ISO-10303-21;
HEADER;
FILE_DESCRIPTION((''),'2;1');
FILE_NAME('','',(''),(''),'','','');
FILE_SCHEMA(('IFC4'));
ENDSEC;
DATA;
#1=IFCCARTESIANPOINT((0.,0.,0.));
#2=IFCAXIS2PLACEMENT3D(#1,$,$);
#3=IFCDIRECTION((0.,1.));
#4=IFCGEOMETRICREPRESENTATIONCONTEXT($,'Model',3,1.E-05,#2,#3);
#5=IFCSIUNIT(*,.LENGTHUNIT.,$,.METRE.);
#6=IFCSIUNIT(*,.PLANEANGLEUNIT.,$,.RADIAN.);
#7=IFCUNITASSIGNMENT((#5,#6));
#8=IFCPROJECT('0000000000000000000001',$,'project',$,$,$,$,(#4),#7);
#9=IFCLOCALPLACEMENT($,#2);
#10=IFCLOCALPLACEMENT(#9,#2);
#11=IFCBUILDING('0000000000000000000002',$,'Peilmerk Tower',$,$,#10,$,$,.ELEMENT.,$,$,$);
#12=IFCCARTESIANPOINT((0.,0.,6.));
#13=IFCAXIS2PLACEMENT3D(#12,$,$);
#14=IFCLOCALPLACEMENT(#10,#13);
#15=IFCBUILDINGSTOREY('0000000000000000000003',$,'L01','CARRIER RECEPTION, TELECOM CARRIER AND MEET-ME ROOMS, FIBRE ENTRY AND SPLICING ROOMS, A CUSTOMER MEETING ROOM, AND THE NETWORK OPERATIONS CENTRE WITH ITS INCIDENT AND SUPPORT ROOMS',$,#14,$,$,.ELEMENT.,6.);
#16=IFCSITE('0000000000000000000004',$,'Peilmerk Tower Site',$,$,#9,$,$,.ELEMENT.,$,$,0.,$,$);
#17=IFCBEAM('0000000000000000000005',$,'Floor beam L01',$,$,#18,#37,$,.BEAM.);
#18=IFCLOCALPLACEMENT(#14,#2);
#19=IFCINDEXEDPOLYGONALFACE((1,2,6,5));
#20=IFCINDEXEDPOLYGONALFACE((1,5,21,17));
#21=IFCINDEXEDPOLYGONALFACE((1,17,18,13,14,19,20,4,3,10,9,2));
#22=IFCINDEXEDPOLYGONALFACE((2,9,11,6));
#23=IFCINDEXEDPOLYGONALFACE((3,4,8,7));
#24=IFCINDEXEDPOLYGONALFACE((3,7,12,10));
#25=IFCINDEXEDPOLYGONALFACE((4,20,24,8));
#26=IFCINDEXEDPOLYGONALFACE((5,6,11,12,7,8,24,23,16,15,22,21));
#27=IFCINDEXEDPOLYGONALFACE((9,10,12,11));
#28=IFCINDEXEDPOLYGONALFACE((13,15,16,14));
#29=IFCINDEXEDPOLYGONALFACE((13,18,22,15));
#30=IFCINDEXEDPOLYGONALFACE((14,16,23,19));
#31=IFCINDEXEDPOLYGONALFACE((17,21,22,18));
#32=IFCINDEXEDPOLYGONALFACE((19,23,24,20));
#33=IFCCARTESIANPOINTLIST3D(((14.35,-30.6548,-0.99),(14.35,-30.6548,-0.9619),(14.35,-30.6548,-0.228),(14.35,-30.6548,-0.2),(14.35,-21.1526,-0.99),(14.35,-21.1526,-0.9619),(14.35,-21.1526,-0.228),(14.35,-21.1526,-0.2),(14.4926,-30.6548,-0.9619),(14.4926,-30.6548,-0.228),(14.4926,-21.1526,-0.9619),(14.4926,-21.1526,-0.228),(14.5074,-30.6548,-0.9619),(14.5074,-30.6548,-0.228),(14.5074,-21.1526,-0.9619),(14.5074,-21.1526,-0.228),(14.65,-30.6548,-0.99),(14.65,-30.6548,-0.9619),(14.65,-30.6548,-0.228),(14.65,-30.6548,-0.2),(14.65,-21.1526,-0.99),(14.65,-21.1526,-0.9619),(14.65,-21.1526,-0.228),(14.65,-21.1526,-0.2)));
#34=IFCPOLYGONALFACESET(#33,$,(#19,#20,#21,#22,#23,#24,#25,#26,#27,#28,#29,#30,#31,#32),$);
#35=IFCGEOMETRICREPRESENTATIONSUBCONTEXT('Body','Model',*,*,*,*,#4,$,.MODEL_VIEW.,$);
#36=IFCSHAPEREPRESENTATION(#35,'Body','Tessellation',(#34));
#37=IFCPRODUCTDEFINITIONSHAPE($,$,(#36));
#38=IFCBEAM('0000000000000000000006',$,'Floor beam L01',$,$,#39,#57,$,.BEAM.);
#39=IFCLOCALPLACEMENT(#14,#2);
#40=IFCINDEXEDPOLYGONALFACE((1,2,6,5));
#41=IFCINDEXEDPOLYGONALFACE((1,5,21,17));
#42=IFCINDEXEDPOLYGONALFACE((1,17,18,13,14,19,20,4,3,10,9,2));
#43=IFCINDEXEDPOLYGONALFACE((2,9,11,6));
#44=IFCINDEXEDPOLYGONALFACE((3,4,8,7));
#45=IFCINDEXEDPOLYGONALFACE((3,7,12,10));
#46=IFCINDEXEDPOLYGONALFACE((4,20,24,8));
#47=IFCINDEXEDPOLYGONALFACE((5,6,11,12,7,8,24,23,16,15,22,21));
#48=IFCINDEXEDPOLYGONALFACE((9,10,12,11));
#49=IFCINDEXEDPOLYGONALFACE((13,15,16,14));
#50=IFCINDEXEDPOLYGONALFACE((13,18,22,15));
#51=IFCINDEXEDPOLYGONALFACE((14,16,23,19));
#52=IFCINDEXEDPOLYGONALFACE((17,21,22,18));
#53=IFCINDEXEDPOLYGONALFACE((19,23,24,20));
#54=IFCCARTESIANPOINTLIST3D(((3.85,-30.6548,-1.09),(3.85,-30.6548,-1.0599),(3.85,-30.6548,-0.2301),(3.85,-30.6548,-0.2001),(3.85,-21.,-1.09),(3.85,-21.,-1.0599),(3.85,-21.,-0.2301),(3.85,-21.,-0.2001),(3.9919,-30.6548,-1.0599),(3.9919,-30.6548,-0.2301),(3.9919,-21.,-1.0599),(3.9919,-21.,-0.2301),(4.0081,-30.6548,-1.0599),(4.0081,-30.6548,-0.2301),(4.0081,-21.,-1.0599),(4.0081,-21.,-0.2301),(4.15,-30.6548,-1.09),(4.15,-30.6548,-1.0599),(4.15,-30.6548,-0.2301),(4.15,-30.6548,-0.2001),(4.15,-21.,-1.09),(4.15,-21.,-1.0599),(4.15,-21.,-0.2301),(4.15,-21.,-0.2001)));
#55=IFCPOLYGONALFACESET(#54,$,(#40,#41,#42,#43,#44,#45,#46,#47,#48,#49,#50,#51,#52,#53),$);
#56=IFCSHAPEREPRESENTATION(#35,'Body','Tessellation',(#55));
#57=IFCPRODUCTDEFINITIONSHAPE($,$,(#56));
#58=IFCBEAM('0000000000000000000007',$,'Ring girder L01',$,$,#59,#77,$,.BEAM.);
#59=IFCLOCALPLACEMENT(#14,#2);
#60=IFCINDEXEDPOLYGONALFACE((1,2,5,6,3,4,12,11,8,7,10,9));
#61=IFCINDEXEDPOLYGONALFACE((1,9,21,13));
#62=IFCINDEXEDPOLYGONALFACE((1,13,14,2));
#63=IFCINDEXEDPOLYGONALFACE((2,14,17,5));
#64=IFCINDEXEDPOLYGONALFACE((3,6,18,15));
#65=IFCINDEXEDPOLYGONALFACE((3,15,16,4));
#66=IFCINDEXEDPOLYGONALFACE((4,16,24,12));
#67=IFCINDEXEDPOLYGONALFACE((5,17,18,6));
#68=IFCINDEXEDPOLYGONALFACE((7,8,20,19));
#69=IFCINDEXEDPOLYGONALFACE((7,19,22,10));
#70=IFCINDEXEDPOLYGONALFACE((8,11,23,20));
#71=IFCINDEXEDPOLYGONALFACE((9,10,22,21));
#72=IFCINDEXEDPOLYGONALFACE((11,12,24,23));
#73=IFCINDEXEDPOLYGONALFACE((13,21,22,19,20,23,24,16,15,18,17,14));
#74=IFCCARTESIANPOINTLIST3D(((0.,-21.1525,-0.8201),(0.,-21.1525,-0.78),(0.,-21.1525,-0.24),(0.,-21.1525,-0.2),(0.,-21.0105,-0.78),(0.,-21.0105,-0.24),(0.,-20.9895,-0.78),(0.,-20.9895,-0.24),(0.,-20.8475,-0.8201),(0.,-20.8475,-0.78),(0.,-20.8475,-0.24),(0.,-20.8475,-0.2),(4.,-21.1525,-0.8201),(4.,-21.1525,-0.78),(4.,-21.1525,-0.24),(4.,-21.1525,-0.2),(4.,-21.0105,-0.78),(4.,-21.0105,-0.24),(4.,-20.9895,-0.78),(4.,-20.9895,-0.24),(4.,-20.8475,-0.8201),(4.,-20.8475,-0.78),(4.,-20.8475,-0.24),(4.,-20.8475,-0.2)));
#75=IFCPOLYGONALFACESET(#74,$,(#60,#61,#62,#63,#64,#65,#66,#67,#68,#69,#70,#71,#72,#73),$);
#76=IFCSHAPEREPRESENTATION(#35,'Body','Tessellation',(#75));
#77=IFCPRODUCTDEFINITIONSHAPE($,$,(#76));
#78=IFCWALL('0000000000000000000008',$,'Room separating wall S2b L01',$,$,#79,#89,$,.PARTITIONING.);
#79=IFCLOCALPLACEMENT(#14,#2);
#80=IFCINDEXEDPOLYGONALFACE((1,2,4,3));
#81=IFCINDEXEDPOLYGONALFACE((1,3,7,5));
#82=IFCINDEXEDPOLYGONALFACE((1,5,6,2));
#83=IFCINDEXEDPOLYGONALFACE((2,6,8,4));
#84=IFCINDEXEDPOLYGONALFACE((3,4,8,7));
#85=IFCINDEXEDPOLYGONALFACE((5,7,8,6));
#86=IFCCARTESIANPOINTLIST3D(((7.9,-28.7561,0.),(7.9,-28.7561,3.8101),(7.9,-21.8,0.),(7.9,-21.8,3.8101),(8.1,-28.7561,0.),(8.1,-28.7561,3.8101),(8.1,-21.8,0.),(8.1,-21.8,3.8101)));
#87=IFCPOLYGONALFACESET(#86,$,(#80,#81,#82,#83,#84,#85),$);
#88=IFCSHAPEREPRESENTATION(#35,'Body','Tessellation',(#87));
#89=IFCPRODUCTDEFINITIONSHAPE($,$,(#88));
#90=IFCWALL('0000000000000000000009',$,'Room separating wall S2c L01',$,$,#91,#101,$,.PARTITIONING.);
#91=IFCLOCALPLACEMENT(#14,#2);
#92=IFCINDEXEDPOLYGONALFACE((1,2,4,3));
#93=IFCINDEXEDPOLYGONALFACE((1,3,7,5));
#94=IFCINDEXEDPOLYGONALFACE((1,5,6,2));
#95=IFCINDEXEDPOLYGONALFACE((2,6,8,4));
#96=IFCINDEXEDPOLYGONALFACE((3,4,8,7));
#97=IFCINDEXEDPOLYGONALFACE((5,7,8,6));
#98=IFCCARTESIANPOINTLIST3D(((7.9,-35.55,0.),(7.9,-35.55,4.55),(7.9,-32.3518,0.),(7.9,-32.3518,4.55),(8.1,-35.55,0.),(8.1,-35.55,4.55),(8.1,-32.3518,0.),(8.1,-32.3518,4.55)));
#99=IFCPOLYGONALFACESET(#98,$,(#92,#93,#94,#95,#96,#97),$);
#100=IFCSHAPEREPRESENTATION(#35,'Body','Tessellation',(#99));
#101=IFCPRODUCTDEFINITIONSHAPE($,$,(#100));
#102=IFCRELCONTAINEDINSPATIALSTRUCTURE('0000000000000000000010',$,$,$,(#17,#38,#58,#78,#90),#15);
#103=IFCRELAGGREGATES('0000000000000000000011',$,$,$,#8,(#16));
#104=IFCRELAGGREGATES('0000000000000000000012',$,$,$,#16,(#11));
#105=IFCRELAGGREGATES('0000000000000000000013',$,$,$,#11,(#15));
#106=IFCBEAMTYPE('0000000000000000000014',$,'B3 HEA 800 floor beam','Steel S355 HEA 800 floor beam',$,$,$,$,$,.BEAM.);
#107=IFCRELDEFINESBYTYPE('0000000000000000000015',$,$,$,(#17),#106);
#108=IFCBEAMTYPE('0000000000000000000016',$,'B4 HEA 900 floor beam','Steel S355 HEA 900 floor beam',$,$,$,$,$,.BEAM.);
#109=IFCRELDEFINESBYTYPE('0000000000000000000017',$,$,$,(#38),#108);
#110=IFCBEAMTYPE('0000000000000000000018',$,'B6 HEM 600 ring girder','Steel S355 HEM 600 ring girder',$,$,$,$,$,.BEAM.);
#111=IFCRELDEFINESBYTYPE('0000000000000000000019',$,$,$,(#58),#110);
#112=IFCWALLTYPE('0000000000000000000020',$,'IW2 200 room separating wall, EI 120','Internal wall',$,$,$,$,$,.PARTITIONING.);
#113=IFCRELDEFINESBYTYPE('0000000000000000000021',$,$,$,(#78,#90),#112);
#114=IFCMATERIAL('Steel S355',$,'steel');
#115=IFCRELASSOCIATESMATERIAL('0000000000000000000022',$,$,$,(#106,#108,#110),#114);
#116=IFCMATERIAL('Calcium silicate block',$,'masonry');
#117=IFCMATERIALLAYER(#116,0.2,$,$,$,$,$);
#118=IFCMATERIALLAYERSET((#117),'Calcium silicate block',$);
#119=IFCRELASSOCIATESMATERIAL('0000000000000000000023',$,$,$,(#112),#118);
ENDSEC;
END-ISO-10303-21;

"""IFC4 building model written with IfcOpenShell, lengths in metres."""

from ifc_helpers import new_model, si_unit, direction, frame, frame_2d, origin, origin_2d, place, context, subcontext, project, spatial, rectangle, i_section, extrude, material, layer, layer_set, material_profile, profile_set, type_object, element, save


model = new_model("IFC4")

# Units and contexts
model_context = context("Model", 3, precision=1e-05, world=origin(), true_north=direction((0.0, 1.0)))
body_context = subcontext(model_context, "Body", "Model", "MODEL_VIEW")
ifc_project = project(units=[si_unit("LENGTHUNIT", "METRE"), si_unit("PLANEANGLEUNIT", "RADIAN")], contexts=[model_context])

# Site, building, storey
site_placement = place(None, origin())
site = spatial("IfcSite", under=ifc_project, at=site_placement, Name="Peilmerk Tower Site", CompositionType="ELEMENT", RefElevation=0.0)
building_placement = place(site_placement, origin())
building = spatial("IfcBuilding", under=site, at=building_placement, Name="Peilmerk Tower", CompositionType="ELEMENT")
storey_placement = place(building_placement, frame((0.0, 0.0, 6.0)))
storey = spatial("IfcBuildingStorey", under=building, at=storey_placement, Name="L01", Description="CARRIER RECEPTION, TELECOM CARRIER AND MEET-ME ROOMS, FIBRE ENTRY AND SPLICING ROOMS, A CUSTOMER MEETING ROOM, AND THE NETWORK OPERATIONS CENTRE WITH ITS INCIDENT AND SUPPORT ROOMS", CompositionType="ELEMENT", Elevation=6.0)

# Beams
ifc_material_1 = material(Name="Steel S355", Category="steel")
ifc_material_profile_1 = material_profile(ifc_material_1, i_section(OverallWidth=0.3, OverallDepth=0.79, WebThickness=0.0149, FlangeThickness=0.0281, at=origin_2d()), Name="HEA 800")
ifc_profile_set_1 = profile_set([ifc_material_profile_1], Name="Steel S355")
beam_type_1 = type_object("IfcBeamType", Name="B3 HEA 800 floor beam", Description="Steel S355 HEA 800 floor beam", PredefinedType="BEAM", material=ifc_profile_set_1)
beam_1_placement = place(storey_placement, frame((14.5, -21.1526, -0.595), z_axis=(0.0, -1.0, 0.0), x_axis=(1.0, 0.0, 0.0)))
element("IfcBeam", 1, at=beam_1_placement, inside=storey, type_object=beam_type_1, Name="Floor beam L01", PredefinedType="BEAM", context=body_context, shape_type="SweptSolid", body=[
    extrude(i_section(OverallWidth=0.3, OverallDepth=0.79, WebThickness=0.0149, FlangeThickness=0.0281, at=origin_2d()), origin(), (0.0, 0.0, 1.0), 9.5022),
])
ifc_material_profile_2 = material_profile(ifc_material_1, i_section(OverallWidth=0.3, OverallDepth=0.8899, WebThickness=0.0161, FlangeThickness=0.03, at=origin_2d()), Name="HEA 900")
ifc_profile_set_2 = profile_set([ifc_material_profile_2], Name="Steel S355")
beam_type_2 = type_object("IfcBeamType", Name="B4 HEA 900 floor beam", Description="Steel S355 HEA 900 floor beam", PredefinedType="BEAM", material=ifc_profile_set_2)
beam_2_placement = place(storey_placement, frame((4.0, -21.0, -0.645), z_axis=(0.0, -1.0, 0.0), x_axis=(1.0, 0.0, 0.0)))
element("IfcBeam", 2, at=beam_2_placement, inside=storey, type_object=beam_type_2, Name="Floor beam L01", PredefinedType="BEAM", context=body_context, shape_type="SweptSolid", body=[
    extrude(i_section(OverallWidth=0.3, OverallDepth=0.8899, WebThickness=0.0161, FlangeThickness=0.03, at=origin_2d()), origin(), (0.0, 0.0, 1.0), 9.6548),
])
ifc_material_profile_3 = material_profile(ifc_material_1, i_section(OverallWidth=0.3049, OverallDepth=0.6201, WebThickness=0.021, FlangeThickness=0.04, at=origin_2d()), Name="HEM 600")
ifc_profile_set_3 = profile_set([ifc_material_profile_3], Name="Steel S355")
beam_type_3 = type_object("IfcBeamType", Name="B6 HEM 600 ring girder", Description="Steel S355 HEM 600 ring girder", PredefinedType="BEAM", material=ifc_profile_set_3)
beam_3_placement = place(storey_placement, frame((0.0, -21.0, -0.51), z_axis=(1.0, 0.0, 0.0), x_axis=(0.0, 1.0, 0.0)))
element("IfcBeam", 3, at=beam_3_placement, inside=storey, type_object=beam_type_3, Name="Ring girder L01", PredefinedType="BEAM", context=body_context, shape_type="SweptSolid", body=[
    extrude(i_section(OverallWidth=0.3049, OverallDepth=0.6201, WebThickness=0.021, FlangeThickness=0.04, at=origin_2d()), origin(), (0.0, 0.0, 1.0), 4.0),
])

# Walls
ifc_material_2 = material(Name="Calcium silicate block", Category="masonry")
ifc_layer = layer(ifc_material_2, 0.2)
ifc_layer_set = layer_set([ifc_layer], Name="Calcium silicate block")
wall_type = type_object("IfcWallType", Name="IW2 200 room separating wall, EI 120", Description="Internal wall", PredefinedType="PARTITIONING", material=ifc_layer_set)
wall_1_placement = place(storey_placement, frame((8.0, -21.8, 0.0), z_axis=(0.0, 0.0, 1.0), x_axis=(0.0, -1.0, 0.0)))
element("IfcWall", 4, at=wall_1_placement, inside=storey, type_object=wall_type, Name="Room separating wall S2b L01", PredefinedType="PARTITIONING", context=body_context, shape_type="SweptSolid", body=[
    extrude(rectangle(XDim=6.9561, YDim=0.2, at=frame_2d((3.478, 0.0))), origin(), (0.0, 0.0, 1.0), 3.8101),
])
wall_2_placement = place(storey_placement, frame((8.0, -32.3518, 0.0), z_axis=(0.0, 0.0, 1.0), x_axis=(0.0, -1.0, 0.0)))
element("IfcWall", 5, at=wall_2_placement, inside=storey, type_object=wall_type, Name="Room separating wall S2c L01", PredefinedType="PARTITIONING", context=body_context, shape_type="SweptSolid", body=[
    extrude(rectangle(XDim=3.1982, YDim=0.2, at=frame_2d((1.5991, 0.0))), origin(), (0.0, 0.0, 1.0), 4.55),
])

save(model, "model.ifc")
